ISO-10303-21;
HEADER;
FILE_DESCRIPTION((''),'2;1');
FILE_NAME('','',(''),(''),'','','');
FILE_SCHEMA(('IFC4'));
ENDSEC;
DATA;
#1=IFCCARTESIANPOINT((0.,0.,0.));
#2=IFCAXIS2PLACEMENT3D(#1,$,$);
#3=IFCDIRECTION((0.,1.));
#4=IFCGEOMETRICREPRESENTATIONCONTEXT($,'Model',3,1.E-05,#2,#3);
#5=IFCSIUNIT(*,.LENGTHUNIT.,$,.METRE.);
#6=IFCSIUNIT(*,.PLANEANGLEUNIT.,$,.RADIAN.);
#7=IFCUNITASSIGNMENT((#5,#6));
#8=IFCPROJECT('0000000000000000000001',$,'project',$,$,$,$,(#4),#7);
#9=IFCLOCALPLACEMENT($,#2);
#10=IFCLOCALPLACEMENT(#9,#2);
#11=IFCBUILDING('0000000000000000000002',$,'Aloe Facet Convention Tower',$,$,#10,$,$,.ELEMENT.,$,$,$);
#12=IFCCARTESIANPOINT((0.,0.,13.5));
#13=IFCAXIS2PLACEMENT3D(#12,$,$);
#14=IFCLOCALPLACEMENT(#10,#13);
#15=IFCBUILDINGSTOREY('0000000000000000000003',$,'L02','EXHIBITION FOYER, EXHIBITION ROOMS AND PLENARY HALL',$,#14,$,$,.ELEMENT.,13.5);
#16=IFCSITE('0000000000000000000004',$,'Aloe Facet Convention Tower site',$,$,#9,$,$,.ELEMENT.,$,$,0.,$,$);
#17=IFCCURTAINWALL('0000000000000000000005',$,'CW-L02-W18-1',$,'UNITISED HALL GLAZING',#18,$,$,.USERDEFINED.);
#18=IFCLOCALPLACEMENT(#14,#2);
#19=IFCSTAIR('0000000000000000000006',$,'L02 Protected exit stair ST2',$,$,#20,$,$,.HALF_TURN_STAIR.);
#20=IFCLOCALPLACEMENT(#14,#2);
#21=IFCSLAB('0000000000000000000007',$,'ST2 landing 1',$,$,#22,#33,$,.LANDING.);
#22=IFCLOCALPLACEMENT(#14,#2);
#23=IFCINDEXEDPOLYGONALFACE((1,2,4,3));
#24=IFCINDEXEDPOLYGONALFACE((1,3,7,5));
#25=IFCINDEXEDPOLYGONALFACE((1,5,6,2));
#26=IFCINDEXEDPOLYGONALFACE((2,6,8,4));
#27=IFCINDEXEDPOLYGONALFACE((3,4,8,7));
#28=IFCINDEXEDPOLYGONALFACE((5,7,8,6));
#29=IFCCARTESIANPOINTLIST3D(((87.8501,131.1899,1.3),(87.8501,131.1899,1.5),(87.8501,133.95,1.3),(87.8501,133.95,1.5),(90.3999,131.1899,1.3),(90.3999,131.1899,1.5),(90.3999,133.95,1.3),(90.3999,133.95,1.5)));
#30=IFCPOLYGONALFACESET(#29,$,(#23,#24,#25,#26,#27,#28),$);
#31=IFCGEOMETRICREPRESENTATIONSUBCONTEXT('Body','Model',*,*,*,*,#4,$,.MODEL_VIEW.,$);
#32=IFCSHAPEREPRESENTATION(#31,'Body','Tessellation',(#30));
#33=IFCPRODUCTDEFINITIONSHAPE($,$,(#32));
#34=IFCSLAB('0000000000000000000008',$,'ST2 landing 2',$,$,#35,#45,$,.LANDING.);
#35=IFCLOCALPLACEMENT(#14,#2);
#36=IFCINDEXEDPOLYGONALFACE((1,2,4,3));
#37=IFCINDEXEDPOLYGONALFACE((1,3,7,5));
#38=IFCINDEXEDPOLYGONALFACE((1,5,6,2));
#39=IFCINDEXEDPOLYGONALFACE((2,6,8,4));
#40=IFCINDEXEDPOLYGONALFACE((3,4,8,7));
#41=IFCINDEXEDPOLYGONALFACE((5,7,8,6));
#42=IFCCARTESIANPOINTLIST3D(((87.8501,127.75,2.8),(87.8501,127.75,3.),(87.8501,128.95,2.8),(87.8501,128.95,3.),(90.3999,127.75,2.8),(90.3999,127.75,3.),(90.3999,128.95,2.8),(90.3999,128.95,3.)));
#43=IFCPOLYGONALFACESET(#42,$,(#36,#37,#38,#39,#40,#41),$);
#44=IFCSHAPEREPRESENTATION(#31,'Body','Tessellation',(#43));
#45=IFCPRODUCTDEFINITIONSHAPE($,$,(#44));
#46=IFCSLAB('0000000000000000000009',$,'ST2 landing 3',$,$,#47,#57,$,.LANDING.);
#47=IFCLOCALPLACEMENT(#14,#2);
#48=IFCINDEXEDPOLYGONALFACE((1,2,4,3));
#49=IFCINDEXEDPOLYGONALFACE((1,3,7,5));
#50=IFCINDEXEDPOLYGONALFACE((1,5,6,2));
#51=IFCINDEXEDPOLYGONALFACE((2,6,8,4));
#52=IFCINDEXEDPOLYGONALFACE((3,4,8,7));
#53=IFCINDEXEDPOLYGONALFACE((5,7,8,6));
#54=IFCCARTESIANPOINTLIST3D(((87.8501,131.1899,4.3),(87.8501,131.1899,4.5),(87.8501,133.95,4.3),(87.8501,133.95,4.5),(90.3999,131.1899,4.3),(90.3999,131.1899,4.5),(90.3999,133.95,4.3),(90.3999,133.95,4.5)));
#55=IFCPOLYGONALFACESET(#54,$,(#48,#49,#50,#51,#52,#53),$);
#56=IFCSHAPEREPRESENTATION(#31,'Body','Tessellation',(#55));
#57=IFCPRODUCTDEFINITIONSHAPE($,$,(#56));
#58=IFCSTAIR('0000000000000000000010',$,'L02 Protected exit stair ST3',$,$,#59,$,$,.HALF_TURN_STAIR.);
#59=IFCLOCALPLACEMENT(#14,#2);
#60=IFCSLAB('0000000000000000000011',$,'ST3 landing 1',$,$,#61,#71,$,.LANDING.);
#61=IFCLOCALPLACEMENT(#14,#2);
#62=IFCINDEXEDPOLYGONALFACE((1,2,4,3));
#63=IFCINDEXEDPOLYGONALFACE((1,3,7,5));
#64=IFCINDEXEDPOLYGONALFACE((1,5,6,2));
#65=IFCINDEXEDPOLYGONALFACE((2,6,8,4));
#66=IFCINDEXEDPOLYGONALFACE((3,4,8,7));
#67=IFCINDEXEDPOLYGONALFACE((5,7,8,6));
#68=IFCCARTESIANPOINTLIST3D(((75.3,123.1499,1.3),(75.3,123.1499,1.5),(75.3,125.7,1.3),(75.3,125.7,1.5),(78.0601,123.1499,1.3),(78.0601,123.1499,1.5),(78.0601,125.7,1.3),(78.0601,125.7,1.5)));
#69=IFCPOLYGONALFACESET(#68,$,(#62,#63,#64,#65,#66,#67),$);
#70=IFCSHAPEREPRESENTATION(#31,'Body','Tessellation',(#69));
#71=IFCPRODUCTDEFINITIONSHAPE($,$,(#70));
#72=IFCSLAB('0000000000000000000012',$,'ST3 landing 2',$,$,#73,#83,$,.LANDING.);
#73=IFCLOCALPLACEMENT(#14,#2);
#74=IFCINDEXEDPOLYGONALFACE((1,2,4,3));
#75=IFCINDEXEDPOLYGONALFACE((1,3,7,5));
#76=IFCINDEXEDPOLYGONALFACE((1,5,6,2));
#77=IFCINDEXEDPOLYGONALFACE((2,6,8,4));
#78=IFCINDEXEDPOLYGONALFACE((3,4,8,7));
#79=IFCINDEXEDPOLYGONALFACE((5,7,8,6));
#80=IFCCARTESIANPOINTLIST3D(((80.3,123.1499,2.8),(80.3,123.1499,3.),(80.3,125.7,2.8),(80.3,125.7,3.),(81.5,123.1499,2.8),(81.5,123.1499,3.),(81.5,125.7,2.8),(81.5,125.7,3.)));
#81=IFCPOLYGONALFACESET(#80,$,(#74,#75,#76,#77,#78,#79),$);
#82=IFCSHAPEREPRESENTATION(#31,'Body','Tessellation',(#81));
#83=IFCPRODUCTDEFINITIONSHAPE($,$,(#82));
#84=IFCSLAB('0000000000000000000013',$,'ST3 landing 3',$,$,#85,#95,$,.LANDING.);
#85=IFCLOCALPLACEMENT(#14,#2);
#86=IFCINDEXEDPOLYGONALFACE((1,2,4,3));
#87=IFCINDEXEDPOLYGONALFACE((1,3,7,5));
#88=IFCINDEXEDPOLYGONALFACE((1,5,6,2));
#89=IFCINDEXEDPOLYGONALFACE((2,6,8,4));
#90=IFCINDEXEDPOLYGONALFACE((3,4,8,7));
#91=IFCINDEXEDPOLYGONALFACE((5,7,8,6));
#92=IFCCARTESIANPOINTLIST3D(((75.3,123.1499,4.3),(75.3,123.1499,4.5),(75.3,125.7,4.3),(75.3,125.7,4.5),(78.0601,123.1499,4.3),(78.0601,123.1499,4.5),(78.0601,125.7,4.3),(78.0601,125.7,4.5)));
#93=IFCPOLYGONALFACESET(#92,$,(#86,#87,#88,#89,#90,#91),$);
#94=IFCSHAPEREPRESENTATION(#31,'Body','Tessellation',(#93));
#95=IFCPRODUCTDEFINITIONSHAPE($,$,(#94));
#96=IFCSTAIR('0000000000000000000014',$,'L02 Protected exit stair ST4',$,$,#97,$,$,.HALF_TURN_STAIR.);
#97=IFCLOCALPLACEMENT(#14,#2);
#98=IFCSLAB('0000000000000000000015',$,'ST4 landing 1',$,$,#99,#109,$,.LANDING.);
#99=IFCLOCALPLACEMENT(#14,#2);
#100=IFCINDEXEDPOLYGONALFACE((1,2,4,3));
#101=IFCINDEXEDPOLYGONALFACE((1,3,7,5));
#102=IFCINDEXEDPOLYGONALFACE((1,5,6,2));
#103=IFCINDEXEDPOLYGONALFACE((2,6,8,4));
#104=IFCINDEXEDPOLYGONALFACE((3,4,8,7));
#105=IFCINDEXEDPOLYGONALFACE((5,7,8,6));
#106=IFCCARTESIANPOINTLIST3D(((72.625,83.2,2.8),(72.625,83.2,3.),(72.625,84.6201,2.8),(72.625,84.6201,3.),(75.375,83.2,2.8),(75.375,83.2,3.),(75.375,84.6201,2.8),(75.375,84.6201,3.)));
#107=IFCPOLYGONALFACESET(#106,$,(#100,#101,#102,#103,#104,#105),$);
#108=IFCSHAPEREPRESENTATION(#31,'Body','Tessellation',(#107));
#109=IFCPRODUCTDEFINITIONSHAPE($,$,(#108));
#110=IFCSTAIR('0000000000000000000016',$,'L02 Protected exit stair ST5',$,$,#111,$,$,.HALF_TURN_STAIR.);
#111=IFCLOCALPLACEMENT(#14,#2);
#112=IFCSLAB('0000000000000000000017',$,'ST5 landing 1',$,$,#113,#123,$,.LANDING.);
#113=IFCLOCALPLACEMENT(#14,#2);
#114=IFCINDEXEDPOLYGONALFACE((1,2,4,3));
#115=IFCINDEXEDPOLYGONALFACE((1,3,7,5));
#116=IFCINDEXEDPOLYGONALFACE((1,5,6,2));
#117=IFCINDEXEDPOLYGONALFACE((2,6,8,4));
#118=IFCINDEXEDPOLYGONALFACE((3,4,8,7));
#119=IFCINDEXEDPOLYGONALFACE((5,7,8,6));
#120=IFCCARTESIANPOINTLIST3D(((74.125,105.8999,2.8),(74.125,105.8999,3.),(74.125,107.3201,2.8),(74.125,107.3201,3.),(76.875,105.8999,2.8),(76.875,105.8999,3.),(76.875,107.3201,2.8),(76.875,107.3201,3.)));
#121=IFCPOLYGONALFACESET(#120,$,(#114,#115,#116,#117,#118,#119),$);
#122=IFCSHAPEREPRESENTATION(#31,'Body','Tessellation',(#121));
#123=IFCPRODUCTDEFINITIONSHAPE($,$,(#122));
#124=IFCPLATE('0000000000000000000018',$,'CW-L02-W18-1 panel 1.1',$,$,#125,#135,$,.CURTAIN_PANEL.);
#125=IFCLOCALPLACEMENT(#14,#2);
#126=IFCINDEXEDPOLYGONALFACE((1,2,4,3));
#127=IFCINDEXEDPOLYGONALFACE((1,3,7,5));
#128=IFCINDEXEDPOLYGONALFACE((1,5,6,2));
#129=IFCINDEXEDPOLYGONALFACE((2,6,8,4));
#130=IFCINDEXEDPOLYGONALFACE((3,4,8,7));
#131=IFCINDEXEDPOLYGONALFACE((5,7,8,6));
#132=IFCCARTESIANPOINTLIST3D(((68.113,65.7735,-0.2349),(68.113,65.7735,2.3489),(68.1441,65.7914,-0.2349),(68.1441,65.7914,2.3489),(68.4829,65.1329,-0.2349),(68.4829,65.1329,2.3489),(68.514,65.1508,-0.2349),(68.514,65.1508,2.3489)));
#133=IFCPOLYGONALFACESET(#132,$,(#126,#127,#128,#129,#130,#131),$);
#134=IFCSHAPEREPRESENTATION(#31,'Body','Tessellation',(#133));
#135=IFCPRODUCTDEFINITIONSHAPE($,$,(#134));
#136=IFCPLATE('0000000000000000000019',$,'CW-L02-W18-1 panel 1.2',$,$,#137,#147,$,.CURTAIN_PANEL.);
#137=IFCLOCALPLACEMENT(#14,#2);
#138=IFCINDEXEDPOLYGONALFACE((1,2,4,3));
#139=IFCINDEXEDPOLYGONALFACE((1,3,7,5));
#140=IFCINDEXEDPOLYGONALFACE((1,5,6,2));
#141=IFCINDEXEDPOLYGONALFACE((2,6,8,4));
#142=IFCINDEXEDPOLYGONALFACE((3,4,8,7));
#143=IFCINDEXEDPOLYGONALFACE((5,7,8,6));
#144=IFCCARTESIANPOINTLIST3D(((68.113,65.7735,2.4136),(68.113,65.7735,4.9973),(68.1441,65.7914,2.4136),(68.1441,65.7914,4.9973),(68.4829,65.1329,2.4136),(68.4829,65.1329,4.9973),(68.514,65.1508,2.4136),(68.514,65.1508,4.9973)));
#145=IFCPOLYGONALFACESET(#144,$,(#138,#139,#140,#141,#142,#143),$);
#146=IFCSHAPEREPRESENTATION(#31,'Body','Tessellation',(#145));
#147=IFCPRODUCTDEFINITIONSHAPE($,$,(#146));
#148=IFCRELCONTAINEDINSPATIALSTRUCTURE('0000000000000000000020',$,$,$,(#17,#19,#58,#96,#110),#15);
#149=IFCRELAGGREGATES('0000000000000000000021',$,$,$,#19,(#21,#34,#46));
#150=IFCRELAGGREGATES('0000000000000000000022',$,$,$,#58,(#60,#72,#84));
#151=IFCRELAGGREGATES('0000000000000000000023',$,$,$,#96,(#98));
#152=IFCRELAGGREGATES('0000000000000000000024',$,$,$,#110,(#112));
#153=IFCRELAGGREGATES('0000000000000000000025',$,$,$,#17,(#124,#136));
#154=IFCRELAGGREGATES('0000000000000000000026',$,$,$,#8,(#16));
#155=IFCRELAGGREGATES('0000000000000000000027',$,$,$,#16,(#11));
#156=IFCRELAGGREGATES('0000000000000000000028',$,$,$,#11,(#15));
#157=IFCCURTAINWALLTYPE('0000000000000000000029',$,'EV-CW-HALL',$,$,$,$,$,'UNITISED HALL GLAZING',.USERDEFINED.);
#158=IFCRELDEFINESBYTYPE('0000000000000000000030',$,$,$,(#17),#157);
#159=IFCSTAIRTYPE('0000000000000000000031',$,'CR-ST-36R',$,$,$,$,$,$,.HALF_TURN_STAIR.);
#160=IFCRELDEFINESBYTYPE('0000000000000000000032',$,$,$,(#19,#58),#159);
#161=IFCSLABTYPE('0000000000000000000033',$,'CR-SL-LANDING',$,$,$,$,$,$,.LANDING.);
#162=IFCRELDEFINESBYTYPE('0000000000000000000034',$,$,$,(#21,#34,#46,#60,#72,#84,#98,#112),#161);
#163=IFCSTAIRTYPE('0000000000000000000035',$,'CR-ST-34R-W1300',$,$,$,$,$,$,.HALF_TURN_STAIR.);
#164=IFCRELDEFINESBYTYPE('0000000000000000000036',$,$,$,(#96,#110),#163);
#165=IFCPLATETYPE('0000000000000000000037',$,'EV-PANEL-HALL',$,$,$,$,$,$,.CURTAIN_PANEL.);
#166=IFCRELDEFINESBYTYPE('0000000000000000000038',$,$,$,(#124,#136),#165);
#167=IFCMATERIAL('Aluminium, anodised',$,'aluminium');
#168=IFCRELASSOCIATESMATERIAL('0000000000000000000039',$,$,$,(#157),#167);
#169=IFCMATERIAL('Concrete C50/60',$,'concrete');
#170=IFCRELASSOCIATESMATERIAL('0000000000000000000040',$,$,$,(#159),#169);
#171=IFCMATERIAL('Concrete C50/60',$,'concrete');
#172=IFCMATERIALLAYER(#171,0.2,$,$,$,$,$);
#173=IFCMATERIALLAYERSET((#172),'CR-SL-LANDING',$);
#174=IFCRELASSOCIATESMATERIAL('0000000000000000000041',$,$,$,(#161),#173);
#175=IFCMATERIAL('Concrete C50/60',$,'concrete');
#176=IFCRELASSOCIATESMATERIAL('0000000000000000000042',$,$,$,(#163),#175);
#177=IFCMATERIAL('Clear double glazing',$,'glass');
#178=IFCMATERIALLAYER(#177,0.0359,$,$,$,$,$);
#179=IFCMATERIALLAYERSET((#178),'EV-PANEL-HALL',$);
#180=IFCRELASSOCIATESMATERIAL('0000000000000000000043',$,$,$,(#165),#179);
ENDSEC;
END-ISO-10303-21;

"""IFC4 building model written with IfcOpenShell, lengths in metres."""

from ifc_helpers import new_model, si_unit, direction, frame, origin, origin_2d, place, context, subcontext, project, spatial, polyline, rectangle, outline, extrude, material, layer, layer_set, type_object, element, aggregate, save


model = new_model("IFC4")

# Units and contexts
model_context = context("Model", 3, precision=1e-05, world=origin(), true_north=direction((0.0, 1.0)))
body_context = subcontext(model_context, "Body", "Model", "MODEL_VIEW")
ifc_project = project(units=[si_unit("LENGTHUNIT", "METRE"), si_unit("PLANEANGLEUNIT", "RADIAN")], contexts=[model_context])

# Site, building, storey
site_placement = place(None, origin())
site = spatial("IfcSite", under=ifc_project, at=site_placement, Name="Aloe Facet Convention Tower site", CompositionType="ELEMENT", RefElevation=0.0)
building_placement = place(site_placement, origin())
building = spatial("IfcBuilding", under=site, at=building_placement, Name="Aloe Facet Convention Tower", CompositionType="ELEMENT")
storey_placement = place(building_placement, frame((0.0, 0.0, 13.5)))
storey = spatial("IfcBuildingStorey", under=building, at=storey_placement, Name="L02", Description="EXHIBITION FOYER, EXHIBITION ROOMS AND PLENARY HALL", CompositionType="ELEMENT", Elevation=13.5)

# Curtain wall
ifc_material_1 = material(Name="Aluminium, anodised", Category="aluminium")
curtain_wall_type = type_object("IfcCurtainWallType", Name="EV-CW-HALL", ElementType="UNITISED HALL GLAZING", PredefinedType="USERDEFINED", material=ifc_material_1)
curtain_wall_1_placement = place(storey_placement, origin())
curtain_wall_1 = element("IfcCurtainWall", 1, at=curtain_wall_1_placement, inside=storey, type_object=curtain_wall_type, Name="CW-L02-W18-1", ObjectType="UNITISED HALL GLAZING", PredefinedType="USERDEFINED")

# Stairs, slabs
ifc_material_2 = material(Name="Concrete C50/60", Category="concrete")
stair_type_1 = type_object("IfcStairType", Name="CR-ST-36R", PredefinedType="HALF_TURN_STAIR", material=ifc_material_2)
ifc_material_3 = material(Name="Concrete C50/60", Category="concrete")
ifc_layer_1 = layer(ifc_material_3, 0.2)
ifc_layer_set_1 = layer_set([ifc_layer_1], Name="CR-SL-LANDING")
slab_type_1 = type_object("IfcSlabType", Name="CR-SL-LANDING", PredefinedType="LANDING", material=ifc_layer_set_1)
stair_1_placement = place(storey_placement, origin())
stair_1 = element("IfcStair", 2, at=stair_1_placement, inside=storey, type_object=stair_type_1, Name="L02 Protected exit stair ST2", PredefinedType="HALF_TURN_STAIR")
slab_1_placement = place(storey_placement, frame((0.0, 0.0, 1.3)))
slab_1 = element("IfcSlab", 3, at=slab_1_placement, type_object=slab_type_1, Name="ST2 landing 1", PredefinedType="LANDING", context=body_context, shape_type="SweptSolid", body=[
    extrude(outline(polyline([(90.3999, 131.1899), (90.3999, 133.95), (87.8501, 133.95), (87.8501, 131.1899), (90.3999, 131.1899)])), origin(), (0.0, 0.0, 1.0), 0.2),
])
slab_2_placement = place(storey_placement, frame((0.0, 0.0, 2.8)))
slab_2 = element("IfcSlab", 4, at=slab_2_placement, type_object=slab_type_1, Name="ST2 landing 2", PredefinedType="LANDING", context=body_context, shape_type="SweptSolid", body=[
    extrude(outline(polyline([(90.3999, 127.75), (90.3999, 128.95), (87.8501, 128.95), (87.8501, 127.75), (90.3999, 127.75)])), origin(), (0.0, 0.0, 1.0), 0.2),
])
slab_3_placement = place(storey_placement, frame((0.0, 0.0, 4.3)))
slab_3 = element("IfcSlab", 5, at=slab_3_placement, type_object=slab_type_1, Name="ST2 landing 3", PredefinedType="LANDING", context=body_context, shape_type="SweptSolid", body=[
    extrude(outline(polyline([(90.3999, 131.1899), (90.3999, 133.95), (87.8501, 133.95), (87.8501, 131.1899), (90.3999, 131.1899)])), origin(), (0.0, 0.0, 1.0), 0.2),
])
aggregate(stair_1, [slab_1, slab_2, slab_3])
stair_2_placement = place(storey_placement, origin())
stair_2 = element("IfcStair", 6, at=stair_2_placement, inside=storey, type_object=stair_type_1, Name="L02 Protected exit stair ST3", PredefinedType="HALF_TURN_STAIR")
slab_4_placement = place(storey_placement, frame((0.0, 0.0, 1.3)))
slab_4 = element("IfcSlab", 7, at=slab_4_placement, type_object=slab_type_1, Name="ST3 landing 1", PredefinedType="LANDING", context=body_context, shape_type="SweptSolid", body=[
    extrude(outline(polyline([(78.0601, 125.7), (75.3, 125.7), (75.3, 123.1499), (78.0601, 123.1499), (78.0601, 125.7)])), origin(), (0.0, 0.0, 1.0), 0.2),
])
slab_5_placement = place(storey_placement, frame((0.0, 0.0, 2.8)))
slab_5 = element("IfcSlab", 8, at=slab_5_placement, type_object=slab_type_1, Name="ST3 landing 2", PredefinedType="LANDING", context=body_context, shape_type="SweptSolid", body=[
    extrude(outline(polyline([(81.5, 125.7), (80.3, 125.7), (80.3, 123.1499), (81.5, 123.1499), (81.5, 125.7)])), origin(), (0.0, 0.0, 1.0), 0.2),
])
slab_6_placement = place(storey_placement, frame((0.0, 0.0, 4.3)))
slab_6 = element("IfcSlab", 9, at=slab_6_placement, type_object=slab_type_1, Name="ST3 landing 3", PredefinedType="LANDING", context=body_context, shape_type="SweptSolid", body=[
    extrude(outline(polyline([(78.0601, 125.7), (75.3, 125.7), (75.3, 123.1499), (78.0601, 123.1499), (78.0601, 125.7)])), origin(), (0.0, 0.0, 1.0), 0.2),
])
aggregate(stair_2, [slab_4, slab_5, slab_6])

# Stairs, slabs
ifc_material_4 = material(Name="Concrete C50/60", Category="concrete")
stair_type_2 = type_object("IfcStairType", Name="CR-ST-34R-W1300", PredefinedType="HALF_TURN_STAIR", material=ifc_material_4)
stair_3_placement = place(storey_placement, origin())
stair_3 = element("IfcStair", 10, at=stair_3_placement, inside=storey, type_object=stair_type_2, Name="L02 Protected exit stair ST4", PredefinedType="HALF_TURN_STAIR")
slab_7_placement = place(storey_placement, frame((0.0, 0.0, 2.8)))
slab_7 = element("IfcSlab", 11, at=slab_7_placement, type_object=slab_type_1, Name="ST4 landing 1", PredefinedType="LANDING", context=body_context, shape_type="SweptSolid", body=[
    extrude(outline(polyline([(72.625, 84.6201), (72.625, 83.2), (75.375, 83.2), (75.375, 84.6201), (72.625, 84.6201)])), origin(), (0.0, 0.0, 1.0), 0.2),
])
aggregate(stair_3, [slab_7])
stair_4_placement = place(storey_placement, origin())
stair_4 = element("IfcStair", 12, at=stair_4_placement, inside=storey, type_object=stair_type_2, Name="L02 Protected exit stair ST5", PredefinedType="HALF_TURN_STAIR")
slab_8_placement = place(storey_placement, frame((0.0, 0.0, 2.8)))
slab_8 = element("IfcSlab", 13, at=slab_8_placement, type_object=slab_type_1, Name="ST5 landing 1", PredefinedType="LANDING", context=body_context, shape_type="SweptSolid", body=[
    extrude(outline(polyline([(74.125, 107.3201), (74.125, 105.8999), (76.875, 105.8999), (76.875, 107.3201), (74.125, 107.3201)])), origin(), (0.0, 0.0, 1.0), 0.2),
])
aggregate(stair_4, [slab_8])

# Plates
ifc_material_5 = material(Name="Clear double glazing", Category="glass")
ifc_layer_2 = layer(ifc_material_5, 0.0359)
ifc_layer_set_2 = layer_set([ifc_layer_2], Name="EV-PANEL-HALL")
plate_type = type_object("IfcPlateType", Name="EV-PANEL-HALL", PredefinedType="CURTAIN_PANEL", material=ifc_layer_set_2)
plate_1_placement = place(storey_placement, frame((68.3135, 65.4622, -0.2349), z_axis=(0.0, 0.0, 1.0), x_axis=(0.5, -0.866025, 0.0)))
plate_1 = element("IfcPlate", 14, at=plate_1_placement, type_object=plate_type, Name="CW-L02-W18-1 panel 1.1", PredefinedType="CURTAIN_PANEL", context=body_context, shape_type="SweptSolid", body=[
    extrude(rectangle(XDim=0.7397, YDim=0.0359, at=origin_2d()), origin(), (0.0, 0.0, 1.0), 2.5837),
])
plate_2_placement = place(storey_placement, frame((68.3135, 65.4622, 2.4136), z_axis=(0.0, 0.0, 1.0), x_axis=(0.5, -0.866025, 0.0)))
plate_2 = element("IfcPlate", 15, at=plate_2_placement, type_object=plate_type, Name="CW-L02-W18-1 panel 1.2", PredefinedType="CURTAIN_PANEL", context=body_context, shape_type="SweptSolid", body=[
    extrude(rectangle(XDim=0.7397, YDim=0.0359, at=origin_2d()), origin(), (0.0, 0.0, 1.0), 2.5837),
])
aggregate(curtain_wall_1, [plate_1, plate_2])

save(model, "model.ifc")
